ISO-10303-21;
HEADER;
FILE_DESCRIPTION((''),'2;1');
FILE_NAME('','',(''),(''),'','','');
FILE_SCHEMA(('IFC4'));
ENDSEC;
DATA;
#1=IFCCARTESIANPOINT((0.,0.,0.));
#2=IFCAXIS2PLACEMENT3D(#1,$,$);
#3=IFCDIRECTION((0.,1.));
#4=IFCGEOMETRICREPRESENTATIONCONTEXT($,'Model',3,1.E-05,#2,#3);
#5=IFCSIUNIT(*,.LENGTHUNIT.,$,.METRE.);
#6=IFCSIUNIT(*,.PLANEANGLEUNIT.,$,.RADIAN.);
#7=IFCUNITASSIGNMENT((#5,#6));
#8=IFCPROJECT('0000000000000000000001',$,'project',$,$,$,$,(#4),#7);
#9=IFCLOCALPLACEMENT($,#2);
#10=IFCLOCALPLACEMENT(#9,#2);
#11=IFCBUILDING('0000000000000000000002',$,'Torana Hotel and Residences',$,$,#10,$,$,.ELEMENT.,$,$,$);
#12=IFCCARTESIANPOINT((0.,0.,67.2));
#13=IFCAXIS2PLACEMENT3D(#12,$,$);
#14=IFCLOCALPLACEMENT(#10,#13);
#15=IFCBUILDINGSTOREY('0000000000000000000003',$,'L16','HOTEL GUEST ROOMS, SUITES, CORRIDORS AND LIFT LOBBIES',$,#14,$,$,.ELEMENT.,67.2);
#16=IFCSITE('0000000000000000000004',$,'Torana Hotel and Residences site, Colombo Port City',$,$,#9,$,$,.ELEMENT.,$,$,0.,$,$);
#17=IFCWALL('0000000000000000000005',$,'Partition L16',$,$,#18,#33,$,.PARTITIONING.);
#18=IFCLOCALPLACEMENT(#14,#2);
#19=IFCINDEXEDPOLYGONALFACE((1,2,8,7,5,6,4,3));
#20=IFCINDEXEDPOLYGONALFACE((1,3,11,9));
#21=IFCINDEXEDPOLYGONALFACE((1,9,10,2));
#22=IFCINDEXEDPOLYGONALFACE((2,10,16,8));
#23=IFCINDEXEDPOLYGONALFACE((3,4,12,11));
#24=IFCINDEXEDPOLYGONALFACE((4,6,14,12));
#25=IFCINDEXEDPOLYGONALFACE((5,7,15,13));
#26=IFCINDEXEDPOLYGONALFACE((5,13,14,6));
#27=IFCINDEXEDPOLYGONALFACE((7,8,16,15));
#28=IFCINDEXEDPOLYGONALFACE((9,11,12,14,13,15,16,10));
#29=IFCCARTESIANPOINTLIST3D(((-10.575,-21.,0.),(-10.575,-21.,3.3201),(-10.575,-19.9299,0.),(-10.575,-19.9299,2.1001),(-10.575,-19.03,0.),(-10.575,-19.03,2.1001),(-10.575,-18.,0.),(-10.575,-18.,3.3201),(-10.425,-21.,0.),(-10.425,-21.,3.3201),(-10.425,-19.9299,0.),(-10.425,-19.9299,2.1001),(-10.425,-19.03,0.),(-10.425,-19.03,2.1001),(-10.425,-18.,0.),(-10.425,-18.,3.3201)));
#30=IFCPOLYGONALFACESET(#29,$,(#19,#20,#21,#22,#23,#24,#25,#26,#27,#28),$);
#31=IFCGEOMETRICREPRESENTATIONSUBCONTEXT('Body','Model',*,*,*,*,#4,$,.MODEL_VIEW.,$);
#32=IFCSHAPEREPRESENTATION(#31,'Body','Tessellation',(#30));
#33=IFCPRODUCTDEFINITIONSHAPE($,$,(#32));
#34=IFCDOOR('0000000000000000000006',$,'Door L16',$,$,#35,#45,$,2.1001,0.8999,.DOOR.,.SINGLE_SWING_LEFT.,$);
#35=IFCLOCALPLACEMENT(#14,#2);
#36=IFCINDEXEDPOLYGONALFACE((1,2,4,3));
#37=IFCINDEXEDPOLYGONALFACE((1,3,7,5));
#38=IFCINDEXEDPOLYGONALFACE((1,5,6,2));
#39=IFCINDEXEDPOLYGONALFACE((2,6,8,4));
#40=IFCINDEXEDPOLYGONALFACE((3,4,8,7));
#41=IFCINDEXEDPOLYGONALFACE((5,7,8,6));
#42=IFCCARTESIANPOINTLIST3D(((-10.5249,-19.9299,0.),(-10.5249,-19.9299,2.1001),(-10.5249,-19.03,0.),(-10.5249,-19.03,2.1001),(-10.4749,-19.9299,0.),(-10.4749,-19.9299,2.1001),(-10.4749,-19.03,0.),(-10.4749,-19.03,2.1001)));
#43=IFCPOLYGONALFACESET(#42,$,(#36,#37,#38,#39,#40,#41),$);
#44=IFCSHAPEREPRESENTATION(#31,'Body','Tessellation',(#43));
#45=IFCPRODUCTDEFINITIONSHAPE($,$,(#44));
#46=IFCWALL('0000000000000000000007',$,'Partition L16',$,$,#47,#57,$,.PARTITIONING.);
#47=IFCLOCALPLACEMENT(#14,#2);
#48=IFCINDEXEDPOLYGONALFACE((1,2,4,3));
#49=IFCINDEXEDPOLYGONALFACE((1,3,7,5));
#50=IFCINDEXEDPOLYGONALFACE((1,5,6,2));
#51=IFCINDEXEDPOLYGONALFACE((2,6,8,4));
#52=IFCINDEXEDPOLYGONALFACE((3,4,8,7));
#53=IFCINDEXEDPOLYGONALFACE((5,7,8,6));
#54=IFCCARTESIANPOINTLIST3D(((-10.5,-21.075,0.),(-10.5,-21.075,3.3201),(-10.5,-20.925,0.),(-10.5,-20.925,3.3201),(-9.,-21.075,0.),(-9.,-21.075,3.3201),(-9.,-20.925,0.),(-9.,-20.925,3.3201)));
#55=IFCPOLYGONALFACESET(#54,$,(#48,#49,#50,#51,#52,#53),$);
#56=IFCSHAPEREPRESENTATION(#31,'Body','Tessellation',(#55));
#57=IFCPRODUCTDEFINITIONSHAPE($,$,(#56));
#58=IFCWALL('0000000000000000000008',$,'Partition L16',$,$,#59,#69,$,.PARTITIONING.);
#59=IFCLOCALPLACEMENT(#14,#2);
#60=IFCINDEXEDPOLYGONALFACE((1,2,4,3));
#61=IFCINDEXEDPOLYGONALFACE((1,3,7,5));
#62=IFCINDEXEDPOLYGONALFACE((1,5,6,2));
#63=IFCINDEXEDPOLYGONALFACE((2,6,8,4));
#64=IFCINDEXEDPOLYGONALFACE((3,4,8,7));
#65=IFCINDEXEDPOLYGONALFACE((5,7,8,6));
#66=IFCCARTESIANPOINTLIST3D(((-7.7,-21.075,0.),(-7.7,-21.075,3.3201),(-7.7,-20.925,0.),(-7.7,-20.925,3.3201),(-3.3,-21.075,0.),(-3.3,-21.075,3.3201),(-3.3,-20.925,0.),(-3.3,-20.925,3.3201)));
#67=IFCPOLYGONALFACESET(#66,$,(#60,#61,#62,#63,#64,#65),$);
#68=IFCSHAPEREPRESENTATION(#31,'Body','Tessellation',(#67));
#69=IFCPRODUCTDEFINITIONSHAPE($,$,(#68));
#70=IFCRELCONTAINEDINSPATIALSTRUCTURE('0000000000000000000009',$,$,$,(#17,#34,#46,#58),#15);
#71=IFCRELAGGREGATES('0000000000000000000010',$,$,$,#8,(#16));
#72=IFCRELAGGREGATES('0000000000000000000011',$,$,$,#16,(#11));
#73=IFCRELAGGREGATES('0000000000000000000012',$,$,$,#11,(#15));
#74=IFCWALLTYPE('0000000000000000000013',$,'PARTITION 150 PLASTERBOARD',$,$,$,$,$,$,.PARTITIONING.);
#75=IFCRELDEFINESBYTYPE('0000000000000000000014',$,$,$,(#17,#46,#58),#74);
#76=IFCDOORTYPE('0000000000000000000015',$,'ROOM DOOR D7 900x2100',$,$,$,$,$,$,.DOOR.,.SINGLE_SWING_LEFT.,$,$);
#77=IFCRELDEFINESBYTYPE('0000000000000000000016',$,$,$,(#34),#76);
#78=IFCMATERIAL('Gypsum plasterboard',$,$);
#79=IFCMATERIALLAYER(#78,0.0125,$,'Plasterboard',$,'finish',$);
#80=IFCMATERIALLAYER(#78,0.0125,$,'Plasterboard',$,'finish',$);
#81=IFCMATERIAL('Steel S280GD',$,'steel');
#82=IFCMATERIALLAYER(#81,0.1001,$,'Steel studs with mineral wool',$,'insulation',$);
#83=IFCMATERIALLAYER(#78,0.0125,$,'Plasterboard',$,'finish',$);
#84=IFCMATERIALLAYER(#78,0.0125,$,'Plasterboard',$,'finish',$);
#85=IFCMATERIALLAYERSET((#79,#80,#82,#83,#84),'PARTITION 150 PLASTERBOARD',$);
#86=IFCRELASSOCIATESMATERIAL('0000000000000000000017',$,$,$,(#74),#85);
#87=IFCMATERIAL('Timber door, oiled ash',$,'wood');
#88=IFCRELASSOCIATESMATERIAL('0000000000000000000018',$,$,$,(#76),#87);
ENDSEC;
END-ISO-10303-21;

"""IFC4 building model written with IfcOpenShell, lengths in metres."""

from ifc_helpers import new_model, si_unit, direction, frame, frame_2d, origin, place, context, subcontext, project, spatial, rectangle, extrude, material, layer, layer_set, type_object, element, fill, save


model = new_model("IFC4")

# Units and contexts
model_context = context("Model", 3, precision=1e-05, world=origin(), true_north=direction((0.0, 1.0)))
body_context = subcontext(model_context, "Body", "Model", "MODEL_VIEW")
ifc_project = project(units=[si_unit("LENGTHUNIT", "METRE"), si_unit("PLANEANGLEUNIT", "RADIAN")], contexts=[model_context])

# Site, building, storey
site_placement = place(None, origin())
site = spatial("IfcSite", under=ifc_project, at=site_placement, Name="Torana Hotel and Residences site, Colombo Port City", CompositionType="ELEMENT", RefElevation=0.0)
building_placement = place(site_placement, origin())
building = spatial("IfcBuilding", under=site, at=building_placement, Name="Torana Hotel and Residences", CompositionType="ELEMENT")
storey_placement = place(building_placement, frame((0.0, 0.0, 67.2)))
storey = spatial("IfcBuildingStorey", under=building, at=storey_placement, Name="L16", Description="HOTEL GUEST ROOMS, SUITES, CORRIDORS AND LIFT LOBBIES", CompositionType="ELEMENT", Elevation=67.2)

# Wall, opening, door
ifc_material_1 = material(Name="Gypsum plasterboard")
ifc_layer_1 = layer(ifc_material_1, 0.0125, Name="Plasterboard", Category="finish")
ifc_layer_2 = layer(ifc_material_1, 0.0125, Name="Plasterboard", Category="finish")
ifc_material_2 = material(Name="Steel S280GD", Category="steel")
ifc_layer_3 = layer(ifc_material_2, 0.1001, Name="Steel studs with mineral wool", Category="insulation")
ifc_layer_4 = layer(ifc_material_1, 0.0125, Name="Plasterboard", Category="finish")
ifc_layer_5 = layer(ifc_material_1, 0.0125, Name="Plasterboard", Category="finish")
ifc_layer_set_1 = layer_set([ifc_layer_1, ifc_layer_2, ifc_layer_3, ifc_layer_4, ifc_layer_5], Name="PARTITION 150 PLASTERBOARD")
wall_type_1 = type_object("IfcWallType", Name="PARTITION 150 PLASTERBOARD", PredefinedType="PARTITIONING", material=ifc_layer_set_1)
wall_1_placement = place(storey_placement, frame((-10.5, -21.0, 0.0), z_axis=(0.0, 0.0, 1.0), x_axis=(0.0, 1.0, 0.0)))
wall_1 = element("IfcWall", 1, at=wall_1_placement, inside=storey, type_object=wall_type_1, Name="Partition L16", PredefinedType="PARTITIONING", context=body_context, shape_type="SweptSolid", body=[
    extrude(rectangle(XDim=3.0, YDim=0.1499, at=frame_2d((1.5, 0.0))), origin(), (0.0, 0.0, 1.0), 3.3201),
])
opening_1_placement = place(wall_1_placement, frame((1.0701, 0.0, 0.0)))
opening_1 = element("IfcOpeningElement", 2, at=opening_1_placement, cuts=wall_1, PredefinedType="OPENING", context=body_context, shape_type="SweptSolid", body=[
    extrude(rectangle(XDim=0.8999, YDim=2.1001, at=frame_2d((0.45, 1.05))), frame((0.0, 0.085, 0.0), z_axis=(0.0, -1.0, 0.0), x_axis=(1.0, 0.0, 0.0)), (0.0, 0.0, 1.0), 0.1699),
])
ifc_material_3 = material(Name="Timber door, oiled ash", Category="wood")
door_type_1 = type_object("IfcDoorType", Name="ROOM DOOR D7 900x2100", OperationType="SINGLE_SWING_LEFT", PredefinedType="DOOR", material=ifc_material_3)
door_1_placement = place(opening_1_placement, origin())
door_1 = element("IfcDoor", 3, at=door_1_placement, inside=storey, type_object=door_type_1, Name="Door L16", OperationType="SINGLE_SWING_LEFT", OverallHeight=2.1001, OverallWidth=0.8999, PredefinedType="DOOR", context=body_context, shape_type="SweptSolid", body=[
    extrude(rectangle(XDim=0.8999, YDim=2.1001, at=frame_2d((0.45, 1.05))), frame((0.0, 0.0249, 0.0), z_axis=(0.0, -1.0, 0.0), x_axis=(1.0, 0.0, 0.0)), (0.0, 0.0, 1.0), 0.05),
])
fill(opening_1, door_1)

# Walls
wall_2_placement = place(storey_placement, frame((-10.5, -21.0, 0.0), z_axis=(0.0, 0.0, 1.0), x_axis=(1.0, 0.0, 0.0)))
element("IfcWall", 4, at=wall_2_placement, inside=storey, type_object=wall_type_1, Name="Partition L16", PredefinedType="PARTITIONING", context=body_context, shape_type="SweptSolid", body=[
    extrude(rectangle(XDim=1.5, YDim=0.1499, at=frame_2d((0.75, 0.0))), origin(), (0.0, 0.0, 1.0), 3.3201),
])
wall_3_placement = place(storey_placement, frame((-7.7, -21.0, 0.0), z_axis=(0.0, 0.0, 1.0), x_axis=(1.0, 0.0, 0.0)))
element("IfcWall", 5, at=wall_3_placement, inside=storey, type_object=wall_type_1, Name="Partition L16", PredefinedType="PARTITIONING", context=body_context, shape_type="SweptSolid", body=[
    extrude(rectangle(XDim=4.3999, YDim=0.1499, at=frame_2d((2.2, 0.0))), origin(), (0.0, 0.0, 1.0), 3.3201),
])

save(model, "model.ifc")
